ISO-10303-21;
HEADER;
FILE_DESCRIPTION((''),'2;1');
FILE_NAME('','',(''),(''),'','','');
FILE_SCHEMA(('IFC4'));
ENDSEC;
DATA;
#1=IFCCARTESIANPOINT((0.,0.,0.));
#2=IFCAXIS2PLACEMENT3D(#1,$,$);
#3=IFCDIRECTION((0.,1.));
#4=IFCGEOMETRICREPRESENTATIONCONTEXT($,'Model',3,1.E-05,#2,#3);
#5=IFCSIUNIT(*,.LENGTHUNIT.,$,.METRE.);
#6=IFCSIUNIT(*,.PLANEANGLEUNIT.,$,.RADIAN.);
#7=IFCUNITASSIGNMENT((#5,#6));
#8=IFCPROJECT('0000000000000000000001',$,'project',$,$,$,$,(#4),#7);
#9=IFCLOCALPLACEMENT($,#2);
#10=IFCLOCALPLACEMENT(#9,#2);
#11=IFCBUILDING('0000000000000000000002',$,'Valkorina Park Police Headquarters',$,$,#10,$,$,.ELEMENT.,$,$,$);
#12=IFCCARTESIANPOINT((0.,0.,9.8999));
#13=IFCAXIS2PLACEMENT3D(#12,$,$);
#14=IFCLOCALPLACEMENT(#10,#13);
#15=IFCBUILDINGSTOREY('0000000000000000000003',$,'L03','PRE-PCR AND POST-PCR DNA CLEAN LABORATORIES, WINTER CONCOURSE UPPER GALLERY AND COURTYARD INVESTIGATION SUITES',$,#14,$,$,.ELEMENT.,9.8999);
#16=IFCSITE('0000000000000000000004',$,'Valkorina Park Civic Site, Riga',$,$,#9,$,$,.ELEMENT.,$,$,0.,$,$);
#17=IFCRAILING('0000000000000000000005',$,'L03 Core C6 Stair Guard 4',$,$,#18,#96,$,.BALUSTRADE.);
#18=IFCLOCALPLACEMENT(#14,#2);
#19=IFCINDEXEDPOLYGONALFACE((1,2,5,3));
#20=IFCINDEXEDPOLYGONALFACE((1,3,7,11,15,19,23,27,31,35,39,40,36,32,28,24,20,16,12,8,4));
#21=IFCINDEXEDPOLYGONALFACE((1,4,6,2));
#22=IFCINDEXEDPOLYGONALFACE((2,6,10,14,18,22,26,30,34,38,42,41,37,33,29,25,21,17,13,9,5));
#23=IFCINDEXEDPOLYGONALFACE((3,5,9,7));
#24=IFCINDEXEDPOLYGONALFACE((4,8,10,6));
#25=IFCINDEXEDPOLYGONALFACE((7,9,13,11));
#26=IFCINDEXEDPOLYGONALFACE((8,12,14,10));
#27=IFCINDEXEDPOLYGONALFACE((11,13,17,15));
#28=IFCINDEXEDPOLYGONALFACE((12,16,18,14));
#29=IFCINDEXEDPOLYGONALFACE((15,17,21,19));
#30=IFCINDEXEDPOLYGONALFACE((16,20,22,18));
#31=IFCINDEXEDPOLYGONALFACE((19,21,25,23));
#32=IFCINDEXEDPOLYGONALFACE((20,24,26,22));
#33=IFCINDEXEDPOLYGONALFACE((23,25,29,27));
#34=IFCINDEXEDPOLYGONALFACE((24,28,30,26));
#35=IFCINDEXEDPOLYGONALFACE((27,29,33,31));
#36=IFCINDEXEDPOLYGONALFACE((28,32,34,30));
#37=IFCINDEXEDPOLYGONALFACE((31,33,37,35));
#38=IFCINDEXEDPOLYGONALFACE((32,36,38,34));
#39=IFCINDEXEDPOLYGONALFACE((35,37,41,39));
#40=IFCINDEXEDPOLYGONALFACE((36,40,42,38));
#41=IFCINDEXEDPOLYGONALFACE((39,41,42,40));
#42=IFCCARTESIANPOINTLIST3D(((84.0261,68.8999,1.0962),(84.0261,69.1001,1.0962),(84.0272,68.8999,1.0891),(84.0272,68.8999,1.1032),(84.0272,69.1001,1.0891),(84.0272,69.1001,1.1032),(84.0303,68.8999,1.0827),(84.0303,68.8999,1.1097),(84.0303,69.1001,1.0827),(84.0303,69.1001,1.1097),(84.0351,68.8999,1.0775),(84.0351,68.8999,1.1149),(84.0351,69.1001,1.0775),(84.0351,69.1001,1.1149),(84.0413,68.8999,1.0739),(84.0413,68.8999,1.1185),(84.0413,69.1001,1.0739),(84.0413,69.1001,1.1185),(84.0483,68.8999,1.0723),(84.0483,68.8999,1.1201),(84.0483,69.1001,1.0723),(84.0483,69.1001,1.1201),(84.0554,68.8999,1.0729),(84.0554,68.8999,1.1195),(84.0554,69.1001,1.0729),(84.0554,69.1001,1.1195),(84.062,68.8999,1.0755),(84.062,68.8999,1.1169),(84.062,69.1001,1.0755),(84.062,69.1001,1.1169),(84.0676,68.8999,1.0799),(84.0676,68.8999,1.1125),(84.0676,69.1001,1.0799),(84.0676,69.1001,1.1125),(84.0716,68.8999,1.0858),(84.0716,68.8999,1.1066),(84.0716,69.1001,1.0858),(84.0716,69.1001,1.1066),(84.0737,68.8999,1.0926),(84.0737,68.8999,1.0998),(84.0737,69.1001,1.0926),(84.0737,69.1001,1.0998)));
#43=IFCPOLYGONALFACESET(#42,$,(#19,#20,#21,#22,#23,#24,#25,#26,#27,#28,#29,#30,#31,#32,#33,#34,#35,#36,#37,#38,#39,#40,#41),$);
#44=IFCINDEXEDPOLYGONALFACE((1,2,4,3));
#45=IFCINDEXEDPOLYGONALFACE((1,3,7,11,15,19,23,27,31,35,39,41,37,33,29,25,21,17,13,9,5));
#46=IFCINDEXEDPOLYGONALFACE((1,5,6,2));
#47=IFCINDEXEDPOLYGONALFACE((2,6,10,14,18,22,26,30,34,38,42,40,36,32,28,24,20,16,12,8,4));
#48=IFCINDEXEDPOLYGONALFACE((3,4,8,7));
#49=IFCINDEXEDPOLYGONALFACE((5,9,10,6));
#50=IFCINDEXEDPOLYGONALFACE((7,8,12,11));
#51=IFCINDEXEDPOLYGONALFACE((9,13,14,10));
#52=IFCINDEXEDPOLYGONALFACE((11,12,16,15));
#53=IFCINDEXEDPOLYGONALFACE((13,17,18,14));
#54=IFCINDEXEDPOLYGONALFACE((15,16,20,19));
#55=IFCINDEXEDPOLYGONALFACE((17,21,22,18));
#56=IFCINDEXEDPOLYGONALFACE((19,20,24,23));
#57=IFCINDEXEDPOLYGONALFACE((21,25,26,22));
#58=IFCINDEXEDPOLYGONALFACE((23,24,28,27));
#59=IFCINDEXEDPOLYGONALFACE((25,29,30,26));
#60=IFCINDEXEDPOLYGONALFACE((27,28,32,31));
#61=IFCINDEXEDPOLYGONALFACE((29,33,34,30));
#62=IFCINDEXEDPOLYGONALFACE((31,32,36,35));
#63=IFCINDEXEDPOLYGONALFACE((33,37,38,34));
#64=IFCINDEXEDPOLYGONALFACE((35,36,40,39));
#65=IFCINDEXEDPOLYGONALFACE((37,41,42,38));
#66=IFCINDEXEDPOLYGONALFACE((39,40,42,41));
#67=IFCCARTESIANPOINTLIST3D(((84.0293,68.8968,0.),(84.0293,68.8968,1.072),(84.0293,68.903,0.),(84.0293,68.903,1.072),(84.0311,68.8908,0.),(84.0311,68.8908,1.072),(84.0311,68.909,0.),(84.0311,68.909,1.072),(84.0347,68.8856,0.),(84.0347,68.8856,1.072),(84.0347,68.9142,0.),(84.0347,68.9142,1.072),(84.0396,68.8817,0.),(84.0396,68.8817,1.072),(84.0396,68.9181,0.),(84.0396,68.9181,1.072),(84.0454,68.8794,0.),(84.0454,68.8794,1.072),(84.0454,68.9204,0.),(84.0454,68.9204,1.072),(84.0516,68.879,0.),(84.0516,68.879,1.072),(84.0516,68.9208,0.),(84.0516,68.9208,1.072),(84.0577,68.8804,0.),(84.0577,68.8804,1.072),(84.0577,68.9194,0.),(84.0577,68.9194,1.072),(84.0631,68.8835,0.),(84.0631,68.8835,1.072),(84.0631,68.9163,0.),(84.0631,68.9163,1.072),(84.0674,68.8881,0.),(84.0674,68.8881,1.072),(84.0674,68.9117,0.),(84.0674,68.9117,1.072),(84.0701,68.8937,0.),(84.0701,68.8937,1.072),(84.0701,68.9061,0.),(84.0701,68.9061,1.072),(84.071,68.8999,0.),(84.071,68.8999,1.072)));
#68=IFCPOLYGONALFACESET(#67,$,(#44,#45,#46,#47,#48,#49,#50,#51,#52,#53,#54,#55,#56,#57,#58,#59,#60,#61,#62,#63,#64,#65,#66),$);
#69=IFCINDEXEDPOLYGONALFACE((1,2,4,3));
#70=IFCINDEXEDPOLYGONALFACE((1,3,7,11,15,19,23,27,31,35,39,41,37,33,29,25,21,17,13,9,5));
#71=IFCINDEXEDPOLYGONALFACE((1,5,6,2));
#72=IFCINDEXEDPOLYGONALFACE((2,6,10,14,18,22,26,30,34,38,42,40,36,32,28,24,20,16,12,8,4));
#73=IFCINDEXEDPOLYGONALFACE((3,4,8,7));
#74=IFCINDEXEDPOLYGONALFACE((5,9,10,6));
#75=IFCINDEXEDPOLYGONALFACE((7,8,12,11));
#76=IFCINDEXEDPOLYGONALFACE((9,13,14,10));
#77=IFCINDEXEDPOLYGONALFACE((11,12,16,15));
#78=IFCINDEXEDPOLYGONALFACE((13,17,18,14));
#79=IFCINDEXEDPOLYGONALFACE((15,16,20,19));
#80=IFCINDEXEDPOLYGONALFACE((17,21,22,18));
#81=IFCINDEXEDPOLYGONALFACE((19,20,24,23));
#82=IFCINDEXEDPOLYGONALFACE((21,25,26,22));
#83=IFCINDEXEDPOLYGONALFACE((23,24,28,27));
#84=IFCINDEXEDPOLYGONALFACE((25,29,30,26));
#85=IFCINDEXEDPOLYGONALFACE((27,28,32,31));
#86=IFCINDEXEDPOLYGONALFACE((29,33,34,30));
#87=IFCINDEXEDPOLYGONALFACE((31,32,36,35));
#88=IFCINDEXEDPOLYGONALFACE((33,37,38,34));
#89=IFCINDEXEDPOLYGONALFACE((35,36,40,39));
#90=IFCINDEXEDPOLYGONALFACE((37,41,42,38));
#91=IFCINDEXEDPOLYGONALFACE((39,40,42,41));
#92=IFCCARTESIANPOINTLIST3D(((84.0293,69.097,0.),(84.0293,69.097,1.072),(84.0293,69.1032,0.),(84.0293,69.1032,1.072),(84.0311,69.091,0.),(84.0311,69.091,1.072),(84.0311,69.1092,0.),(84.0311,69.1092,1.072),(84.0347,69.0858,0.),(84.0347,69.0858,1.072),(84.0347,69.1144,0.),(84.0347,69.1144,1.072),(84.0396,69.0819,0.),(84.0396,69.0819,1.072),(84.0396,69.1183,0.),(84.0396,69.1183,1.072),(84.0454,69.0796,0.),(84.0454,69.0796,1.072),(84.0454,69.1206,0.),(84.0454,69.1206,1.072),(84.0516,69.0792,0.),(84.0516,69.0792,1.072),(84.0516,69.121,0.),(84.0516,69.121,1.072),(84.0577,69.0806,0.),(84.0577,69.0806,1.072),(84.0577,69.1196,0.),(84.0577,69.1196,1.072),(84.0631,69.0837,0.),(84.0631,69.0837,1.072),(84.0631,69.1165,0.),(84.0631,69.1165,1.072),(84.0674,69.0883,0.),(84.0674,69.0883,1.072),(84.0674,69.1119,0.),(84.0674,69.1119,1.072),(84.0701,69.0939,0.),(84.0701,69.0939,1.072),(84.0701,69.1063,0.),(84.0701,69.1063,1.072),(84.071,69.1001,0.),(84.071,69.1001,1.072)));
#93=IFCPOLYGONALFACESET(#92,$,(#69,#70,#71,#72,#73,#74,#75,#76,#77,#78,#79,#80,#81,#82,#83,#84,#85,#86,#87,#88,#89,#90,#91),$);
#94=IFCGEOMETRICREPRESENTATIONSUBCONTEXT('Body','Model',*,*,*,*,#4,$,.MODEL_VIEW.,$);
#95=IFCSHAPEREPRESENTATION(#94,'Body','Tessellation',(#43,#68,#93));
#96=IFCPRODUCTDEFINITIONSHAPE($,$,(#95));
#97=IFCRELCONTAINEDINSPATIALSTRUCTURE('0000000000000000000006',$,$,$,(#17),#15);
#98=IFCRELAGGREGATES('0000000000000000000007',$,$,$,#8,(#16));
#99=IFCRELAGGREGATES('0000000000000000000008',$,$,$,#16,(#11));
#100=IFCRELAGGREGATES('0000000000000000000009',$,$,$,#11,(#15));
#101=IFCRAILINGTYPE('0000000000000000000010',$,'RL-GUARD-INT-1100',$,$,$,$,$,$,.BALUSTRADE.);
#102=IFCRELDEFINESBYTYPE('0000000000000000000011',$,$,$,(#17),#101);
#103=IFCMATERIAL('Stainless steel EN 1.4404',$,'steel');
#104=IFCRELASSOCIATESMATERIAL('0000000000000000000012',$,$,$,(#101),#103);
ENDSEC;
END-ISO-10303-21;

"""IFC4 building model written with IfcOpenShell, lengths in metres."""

from ifc_helpers import new_model, si_unit, direction, frame, origin, origin_2d, place, context, subcontext, project, spatial, circle, extrude, material, type_object, element, save


model = new_model("IFC4")

# Units and contexts
model_context = context("Model", 3, precision=1e-05, world=origin(), true_north=direction((0.0, 1.0)))
body_context = subcontext(model_context, "Body", "Model", "MODEL_VIEW")
ifc_project = project(units=[si_unit("LENGTHUNIT", "METRE"), si_unit("PLANEANGLEUNIT", "RADIAN")], contexts=[model_context])

# Site, building, storey
site_placement = place(None, origin())
site = spatial("IfcSite", under=ifc_project, at=site_placement, Name="Valkorina Park Civic Site, Riga", CompositionType="ELEMENT", RefElevation=0.0)
building_placement = place(site_placement, origin())
building = spatial("IfcBuilding", under=site, at=building_placement, Name="Valkorina Park Police Headquarters", CompositionType="ELEMENT")
storey_placement = place(building_placement, frame((0.0, 0.0, 9.8999)))
storey = spatial("IfcBuildingStorey", under=building, at=storey_placement, Name="L03", Description="PRE-PCR AND POST-PCR DNA CLEAN LABORATORIES, WINTER CONCOURSE UPPER GALLERY AND COURTYARD INVESTIGATION SUITES", CompositionType="ELEMENT", Elevation=9.8999)

# Railing
ifc_material_1 = material(Name="Stainless steel EN 1.4404", Category="steel")
railing_type_1 = type_object("IfcRailingType", Name="RL-GUARD-INT-1100", PredefinedType="BALUSTRADE", material=ifc_material_1)
railing_1_placement = place(storey_placement, frame((84.05, 68.8999, 0.0)))
element("IfcRailing", 1, at=railing_1_placement, inside=storey, type_object=railing_type_1, Name="L03 Core C6 Stair Guard 4", PredefinedType="BALUSTRADE", context=body_context, shape_type="SweptSolid", body=[
    extrude(circle(Radius=0.0239, at=origin_2d()), frame((0.0, 0.0, 1.0962), z_axis=(0.0, 1.0, 0.0), x_axis=(-1.0, 0.0, 0.0)), (0.0, 0.0, 1.0), 0.2002),
    extrude(circle(Radius=0.021, at=origin_2d()), origin(), (0.0, 0.0, 1.0), 1.072),
    extrude(circle(Radius=0.021, at=origin_2d()), frame((0.0, 0.2002, 0.0)), (0.0, 0.0, 1.0), 1.072),
])

save(model, "model.ifc")
